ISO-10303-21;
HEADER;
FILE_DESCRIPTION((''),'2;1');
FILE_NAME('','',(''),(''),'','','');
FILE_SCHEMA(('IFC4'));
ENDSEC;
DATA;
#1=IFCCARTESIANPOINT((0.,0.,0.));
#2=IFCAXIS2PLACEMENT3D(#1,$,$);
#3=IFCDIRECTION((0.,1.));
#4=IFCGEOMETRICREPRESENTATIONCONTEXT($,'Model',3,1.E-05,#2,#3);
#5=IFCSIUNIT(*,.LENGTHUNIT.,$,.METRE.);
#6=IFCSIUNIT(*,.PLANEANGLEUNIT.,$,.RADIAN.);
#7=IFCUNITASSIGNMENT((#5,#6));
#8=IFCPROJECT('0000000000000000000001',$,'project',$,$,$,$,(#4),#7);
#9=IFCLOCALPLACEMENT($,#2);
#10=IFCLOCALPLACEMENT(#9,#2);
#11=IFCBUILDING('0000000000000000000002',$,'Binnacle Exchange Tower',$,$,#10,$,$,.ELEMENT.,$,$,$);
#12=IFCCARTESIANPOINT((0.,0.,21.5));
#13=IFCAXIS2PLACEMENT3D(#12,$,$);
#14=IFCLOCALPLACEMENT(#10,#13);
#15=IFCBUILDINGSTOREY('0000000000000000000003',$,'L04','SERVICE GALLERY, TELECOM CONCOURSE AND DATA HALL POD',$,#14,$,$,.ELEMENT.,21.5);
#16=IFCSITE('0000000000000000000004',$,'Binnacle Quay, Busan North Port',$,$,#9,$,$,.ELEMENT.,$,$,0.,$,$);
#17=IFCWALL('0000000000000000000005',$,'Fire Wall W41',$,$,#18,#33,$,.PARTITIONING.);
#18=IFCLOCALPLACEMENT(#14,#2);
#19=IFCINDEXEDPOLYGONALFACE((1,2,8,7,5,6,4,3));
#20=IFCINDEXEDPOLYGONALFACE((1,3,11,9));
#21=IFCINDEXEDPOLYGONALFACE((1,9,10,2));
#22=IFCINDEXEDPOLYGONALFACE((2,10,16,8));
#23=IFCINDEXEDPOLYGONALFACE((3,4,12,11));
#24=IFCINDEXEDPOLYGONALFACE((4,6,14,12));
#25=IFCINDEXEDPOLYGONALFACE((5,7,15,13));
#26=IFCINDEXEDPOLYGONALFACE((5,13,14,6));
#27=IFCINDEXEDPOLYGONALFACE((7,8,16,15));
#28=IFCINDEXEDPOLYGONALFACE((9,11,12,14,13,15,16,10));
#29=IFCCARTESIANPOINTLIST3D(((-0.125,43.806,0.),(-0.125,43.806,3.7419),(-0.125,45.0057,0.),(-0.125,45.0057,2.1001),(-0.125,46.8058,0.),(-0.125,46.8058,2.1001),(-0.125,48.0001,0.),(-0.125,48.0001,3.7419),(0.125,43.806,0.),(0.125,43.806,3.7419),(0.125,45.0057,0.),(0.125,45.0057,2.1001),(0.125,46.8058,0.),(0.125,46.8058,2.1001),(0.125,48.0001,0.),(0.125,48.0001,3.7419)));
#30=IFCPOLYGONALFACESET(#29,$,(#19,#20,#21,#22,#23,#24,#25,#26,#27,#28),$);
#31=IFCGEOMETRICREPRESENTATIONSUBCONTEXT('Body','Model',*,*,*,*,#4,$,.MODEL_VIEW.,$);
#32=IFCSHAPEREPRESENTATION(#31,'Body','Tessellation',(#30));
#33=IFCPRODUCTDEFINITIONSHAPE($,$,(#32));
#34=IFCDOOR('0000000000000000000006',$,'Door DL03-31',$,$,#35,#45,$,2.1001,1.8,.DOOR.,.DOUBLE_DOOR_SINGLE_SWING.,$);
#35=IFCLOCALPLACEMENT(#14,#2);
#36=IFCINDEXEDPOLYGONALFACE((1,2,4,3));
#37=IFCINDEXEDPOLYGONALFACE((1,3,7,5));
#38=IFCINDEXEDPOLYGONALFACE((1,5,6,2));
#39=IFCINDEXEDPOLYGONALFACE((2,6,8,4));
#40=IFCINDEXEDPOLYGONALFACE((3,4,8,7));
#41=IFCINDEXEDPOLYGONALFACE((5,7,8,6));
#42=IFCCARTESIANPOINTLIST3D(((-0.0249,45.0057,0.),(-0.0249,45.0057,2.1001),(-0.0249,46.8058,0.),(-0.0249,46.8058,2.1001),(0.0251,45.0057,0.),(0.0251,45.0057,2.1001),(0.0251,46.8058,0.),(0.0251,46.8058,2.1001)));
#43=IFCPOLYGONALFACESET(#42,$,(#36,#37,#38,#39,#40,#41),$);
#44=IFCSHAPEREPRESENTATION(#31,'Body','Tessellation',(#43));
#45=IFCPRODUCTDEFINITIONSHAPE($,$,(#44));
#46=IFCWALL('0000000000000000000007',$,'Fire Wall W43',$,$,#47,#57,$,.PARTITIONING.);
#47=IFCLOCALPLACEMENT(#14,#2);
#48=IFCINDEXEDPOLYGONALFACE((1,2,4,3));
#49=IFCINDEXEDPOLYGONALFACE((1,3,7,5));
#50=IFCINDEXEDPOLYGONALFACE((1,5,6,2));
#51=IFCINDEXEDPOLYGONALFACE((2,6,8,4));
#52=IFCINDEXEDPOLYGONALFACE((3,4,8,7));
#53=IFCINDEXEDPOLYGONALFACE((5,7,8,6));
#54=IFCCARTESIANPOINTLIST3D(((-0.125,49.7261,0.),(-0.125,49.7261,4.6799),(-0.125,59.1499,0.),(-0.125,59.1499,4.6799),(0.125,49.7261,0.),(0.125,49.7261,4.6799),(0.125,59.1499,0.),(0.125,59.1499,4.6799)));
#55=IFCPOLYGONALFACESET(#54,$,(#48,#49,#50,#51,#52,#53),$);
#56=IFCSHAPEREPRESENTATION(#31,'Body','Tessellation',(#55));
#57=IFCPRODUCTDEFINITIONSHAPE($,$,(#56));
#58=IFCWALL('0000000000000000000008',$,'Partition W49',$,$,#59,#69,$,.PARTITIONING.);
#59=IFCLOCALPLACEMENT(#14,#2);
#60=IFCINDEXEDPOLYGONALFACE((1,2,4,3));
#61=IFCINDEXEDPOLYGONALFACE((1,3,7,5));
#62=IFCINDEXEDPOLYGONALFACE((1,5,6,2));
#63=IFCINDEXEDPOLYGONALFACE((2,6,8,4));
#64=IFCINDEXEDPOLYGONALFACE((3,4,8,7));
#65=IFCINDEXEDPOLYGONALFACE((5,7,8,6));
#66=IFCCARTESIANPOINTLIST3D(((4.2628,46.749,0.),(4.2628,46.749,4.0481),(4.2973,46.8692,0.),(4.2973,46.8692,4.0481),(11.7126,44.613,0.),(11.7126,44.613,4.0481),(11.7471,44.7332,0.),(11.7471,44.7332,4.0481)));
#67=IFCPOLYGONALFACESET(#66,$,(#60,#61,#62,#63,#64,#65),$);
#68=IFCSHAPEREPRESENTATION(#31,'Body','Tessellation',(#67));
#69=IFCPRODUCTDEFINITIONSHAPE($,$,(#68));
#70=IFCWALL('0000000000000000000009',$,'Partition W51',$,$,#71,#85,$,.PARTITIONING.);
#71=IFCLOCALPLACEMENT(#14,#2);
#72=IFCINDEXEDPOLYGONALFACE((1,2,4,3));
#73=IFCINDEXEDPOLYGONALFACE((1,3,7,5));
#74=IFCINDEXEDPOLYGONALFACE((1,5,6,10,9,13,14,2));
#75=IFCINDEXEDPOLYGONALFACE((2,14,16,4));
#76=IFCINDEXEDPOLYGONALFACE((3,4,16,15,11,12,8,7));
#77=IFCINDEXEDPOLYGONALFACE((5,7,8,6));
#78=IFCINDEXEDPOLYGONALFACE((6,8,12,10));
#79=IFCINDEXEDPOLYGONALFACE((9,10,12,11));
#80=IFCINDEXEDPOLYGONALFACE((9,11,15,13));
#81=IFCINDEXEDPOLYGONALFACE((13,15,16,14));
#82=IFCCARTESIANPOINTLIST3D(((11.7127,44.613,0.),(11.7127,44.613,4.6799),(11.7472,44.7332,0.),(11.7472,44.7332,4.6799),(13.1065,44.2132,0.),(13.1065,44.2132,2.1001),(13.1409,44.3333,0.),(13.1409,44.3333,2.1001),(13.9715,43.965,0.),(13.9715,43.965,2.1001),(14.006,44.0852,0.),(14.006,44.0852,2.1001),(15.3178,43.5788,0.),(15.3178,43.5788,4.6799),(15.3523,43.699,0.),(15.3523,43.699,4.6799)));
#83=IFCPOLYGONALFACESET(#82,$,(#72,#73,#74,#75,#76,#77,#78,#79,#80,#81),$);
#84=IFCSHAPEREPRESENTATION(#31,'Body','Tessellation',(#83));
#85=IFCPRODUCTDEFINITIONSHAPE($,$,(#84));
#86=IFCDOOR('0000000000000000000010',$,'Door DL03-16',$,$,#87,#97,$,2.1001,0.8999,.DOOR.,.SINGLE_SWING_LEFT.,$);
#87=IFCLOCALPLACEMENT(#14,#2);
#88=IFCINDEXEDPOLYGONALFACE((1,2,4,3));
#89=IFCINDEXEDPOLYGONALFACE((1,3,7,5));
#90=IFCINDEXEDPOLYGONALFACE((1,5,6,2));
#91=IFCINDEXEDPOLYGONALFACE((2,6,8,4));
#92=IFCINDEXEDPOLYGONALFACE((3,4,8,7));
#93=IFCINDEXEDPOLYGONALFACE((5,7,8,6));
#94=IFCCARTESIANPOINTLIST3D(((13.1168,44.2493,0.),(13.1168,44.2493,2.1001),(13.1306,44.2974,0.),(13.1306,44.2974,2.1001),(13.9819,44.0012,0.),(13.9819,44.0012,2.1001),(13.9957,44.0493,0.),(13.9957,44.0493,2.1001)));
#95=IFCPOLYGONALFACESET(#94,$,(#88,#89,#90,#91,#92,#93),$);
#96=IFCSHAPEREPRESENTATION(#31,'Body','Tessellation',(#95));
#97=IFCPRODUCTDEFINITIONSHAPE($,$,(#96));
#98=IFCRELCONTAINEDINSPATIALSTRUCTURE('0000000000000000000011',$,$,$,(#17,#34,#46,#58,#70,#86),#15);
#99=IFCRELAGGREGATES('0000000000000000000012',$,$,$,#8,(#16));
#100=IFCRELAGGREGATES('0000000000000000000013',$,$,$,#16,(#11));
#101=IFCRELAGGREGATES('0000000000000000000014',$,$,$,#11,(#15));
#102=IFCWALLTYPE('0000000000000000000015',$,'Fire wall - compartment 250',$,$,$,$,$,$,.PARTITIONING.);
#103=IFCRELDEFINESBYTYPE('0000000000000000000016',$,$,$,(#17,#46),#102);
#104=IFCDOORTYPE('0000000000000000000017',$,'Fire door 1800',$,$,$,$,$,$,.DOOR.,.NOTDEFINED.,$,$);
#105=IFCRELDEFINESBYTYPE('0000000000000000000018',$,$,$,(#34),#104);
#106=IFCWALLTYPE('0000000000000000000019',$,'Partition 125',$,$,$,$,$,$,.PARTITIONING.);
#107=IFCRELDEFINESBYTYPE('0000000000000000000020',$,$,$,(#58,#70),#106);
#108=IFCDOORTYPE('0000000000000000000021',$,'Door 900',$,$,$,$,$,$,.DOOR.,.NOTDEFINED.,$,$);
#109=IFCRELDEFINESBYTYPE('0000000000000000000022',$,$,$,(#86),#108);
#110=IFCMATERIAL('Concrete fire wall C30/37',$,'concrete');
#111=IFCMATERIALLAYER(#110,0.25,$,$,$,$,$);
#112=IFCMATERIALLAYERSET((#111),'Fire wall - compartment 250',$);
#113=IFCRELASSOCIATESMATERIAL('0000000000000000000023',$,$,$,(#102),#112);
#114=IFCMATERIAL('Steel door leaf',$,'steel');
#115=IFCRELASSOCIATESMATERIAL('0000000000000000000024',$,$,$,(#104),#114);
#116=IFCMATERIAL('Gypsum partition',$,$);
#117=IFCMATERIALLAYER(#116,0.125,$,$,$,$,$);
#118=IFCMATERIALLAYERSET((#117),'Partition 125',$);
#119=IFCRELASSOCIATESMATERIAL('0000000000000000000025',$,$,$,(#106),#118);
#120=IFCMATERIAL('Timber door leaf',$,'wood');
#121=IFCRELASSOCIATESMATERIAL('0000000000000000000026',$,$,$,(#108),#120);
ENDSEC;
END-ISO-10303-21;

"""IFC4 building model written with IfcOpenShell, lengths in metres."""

from ifc_helpers import new_model, si_unit, direction, frame, frame_2d, origin, place, context, subcontext, project, spatial, rectangle, extrude, material, layer, layer_set, type_object, element, fill, save


model = new_model("IFC4")

# Units and contexts
model_context = context("Model", 3, precision=1e-05, world=origin(), true_north=direction((0.0, 1.0)))
body_context = subcontext(model_context, "Body", "Model", "MODEL_VIEW")
ifc_project = project(units=[si_unit("LENGTHUNIT", "METRE"), si_unit("PLANEANGLEUNIT", "RADIAN")], contexts=[model_context])

# Site, building, storey
site_placement = place(None, origin())
site = spatial("IfcSite", under=ifc_project, at=site_placement, Name="Binnacle Quay, Busan North Port", CompositionType="ELEMENT", RefElevation=0.0)
building_placement = place(site_placement, origin())
building = spatial("IfcBuilding", under=site, at=building_placement, Name="Binnacle Exchange Tower", CompositionType="ELEMENT")
storey_placement = place(building_placement, frame((0.0, 0.0, 21.5)))
storey = spatial("IfcBuildingStorey", under=building, at=storey_placement, Name="L04", Description="SERVICE GALLERY, TELECOM CONCOURSE AND DATA HALL POD", CompositionType="ELEMENT", Elevation=21.5)

# Wall, opening, door
ifc_material_1 = material(Name="Concrete fire wall C30/37", Category="concrete")
ifc_layer_1 = layer(ifc_material_1, 0.25)
ifc_layer_set_1 = layer_set([ifc_layer_1], Name="Fire wall - compartment 250")
wall_type_1 = type_object("IfcWallType", Name="Fire wall - compartment 250", PredefinedType="PARTITIONING", material=ifc_layer_set_1)
wall_1_placement = place(storey_placement, frame((0.0, 43.8059, 0.0), z_axis=(0.0, 0.0, 1.0), x_axis=(0.0, 1.0, 0.0)))
wall_1 = element("IfcWall", 1, at=wall_1_placement, inside=storey, type_object=wall_type_1, Name="Fire Wall W41", PredefinedType="PARTITIONING", context=body_context, shape_type="SweptSolid", body=[
    extrude(rectangle(XDim=4.1941, YDim=0.25, at=frame_2d((2.0972, 0.0))), origin(), (0.0, 0.0, 1.0), 3.7419),
])
opening_1_placement = place(wall_1_placement, frame((1.2, 0.0, 0.0)))
opening_1 = element("IfcOpeningElement", 2, at=opening_1_placement, cuts=wall_1, PredefinedType="OPENING", context=body_context, shape_type="SweptSolid", body=[
    extrude(rectangle(XDim=1.8, YDim=2.1001, at=frame_2d((0.8999, 1.05))), frame((0.0, 0.135, 0.0), z_axis=(0.0, -1.0, 0.0), x_axis=(1.0, 0.0, 0.0)), (0.0, 0.0, 1.0), 0.27),
])
ifc_material_2 = material(Name="Steel door leaf", Category="steel")
door_type_1 = type_object("IfcDoorType", Name="Fire door 1800", OperationType="NOTDEFINED", PredefinedType="DOOR", material=ifc_material_2)
door_1_placement = place(opening_1_placement, origin())
door_1 = element("IfcDoor", 3, at=door_1_placement, inside=storey, type_object=door_type_1, Name="Door DL03-31", OperationType="DOUBLE_DOOR_SINGLE_SWING", OverallHeight=2.1001, OverallWidth=1.8, PredefinedType="DOOR", context=body_context, shape_type="SweptSolid", body=[
    extrude(rectangle(XDim=1.8, YDim=2.1001, at=frame_2d((0.8999, 1.05))), frame((0.0, 0.0249, 0.0), z_axis=(0.0, -1.0, 0.0), x_axis=(1.0, 0.0, 0.0)), (0.0, 0.0, 1.0), 0.05),
])
fill(opening_1, door_1)

# Walls
wall_2_placement = place(storey_placement, frame((0.0, 49.7261, 0.0), z_axis=(0.0, 0.0, 1.0), x_axis=(0.0, 1.0, 0.0)))
element("IfcWall", 4, at=wall_2_placement, inside=storey, type_object=wall_type_1, Name="Fire Wall W43", PredefinedType="PARTITIONING", context=body_context, shape_type="SweptSolid", body=[
    extrude(rectangle(XDim=9.4238, YDim=0.25, at=frame_2d((4.7119, 0.0))), origin(), (0.0, 0.0, 1.0), 4.6799),
])
ifc_material_3 = material(Name="Gypsum partition")
ifc_layer_2 = layer(ifc_material_3, 0.125)
ifc_layer_set_2 = layer_set([ifc_layer_2], Name="Partition 125")
wall_type_2 = type_object("IfcWallType", Name="Partition 125", PredefinedType="PARTITIONING", material=ifc_layer_set_2)
wall_3_placement = place(storey_placement, frame((4.28, 46.8091, 0.0), z_axis=(0.0, 0.0, 1.0), x_axis=(0.96127, -0.275607, 0.0)))
element("IfcWall", 5, at=wall_3_placement, inside=storey, type_object=wall_type_2, Name="Partition W49", PredefinedType="PARTITIONING", context=body_context, shape_type="SweptSolid", body=[
    extrude(rectangle(XDim=7.75, YDim=0.125, at=frame_2d((3.875, 0.0))), origin(), (0.0, 0.0, 1.0), 4.0481),
])

# Wall, opening, door
wall_4_placement = place(storey_placement, frame((11.73, 44.6731, 0.0), z_axis=(0.0, 0.0, 1.0), x_axis=(0.961229, -0.275753, 0.0)))
wall_4 = element("IfcWall", 6, at=wall_4_placement, inside=storey, type_object=wall_type_2, Name="Partition W51", PredefinedType="PARTITIONING", context=body_context, shape_type="SweptSolid", body=[
    extrude(rectangle(XDim=3.7505, YDim=0.125, at=frame_2d((1.8752, 0.0))), origin(), (0.0, 0.0, 1.0), 4.6799),
])
opening_2_placement = place(wall_4_placement, frame((1.45, 0.0, 0.0)))
opening_2 = element("IfcOpeningElement", 7, at=opening_2_placement, cuts=wall_4, PredefinedType="OPENING", context=body_context, shape_type="SweptSolid", body=[
    extrude(rectangle(XDim=0.8999, YDim=2.1001, at=frame_2d((0.45, 1.05))), frame((0.0, 0.0725, 0.0), z_axis=(0.0, -1.0, 0.0), x_axis=(1.0, 0.0, 0.0)), (0.0, 0.0, 1.0), 0.145),
])
ifc_material_4 = material(Name="Timber door leaf", Category="wood")
door_type_2 = type_object("IfcDoorType", Name="Door 900", OperationType="NOTDEFINED", PredefinedType="DOOR", material=ifc_material_4)
door_2_placement = place(opening_2_placement, frame((0.8999, 0.0, 0.0), z_axis=(0.0, 0.0, 1.0), x_axis=(-1.0, 0.0, 0.0)))
door_2 = element("IfcDoor", 8, at=door_2_placement, inside=storey, type_object=door_type_2, Name="Door DL03-16", OperationType="SINGLE_SWING_LEFT", OverallHeight=2.1001, OverallWidth=0.8999, PredefinedType="DOOR", context=body_context, shape_type="SweptSolid", body=[
    extrude(rectangle(XDim=0.8999, YDim=2.1001, at=frame_2d((0.45, 1.05))), frame((0.0, 0.0249, 0.0), z_axis=(0.0, -1.0, 0.0), x_axis=(1.0, 0.0, 0.0)), (0.0, 0.0, 1.0), 0.05),
])
fill(opening_2, door_2)

save(model, "model.ifc")
